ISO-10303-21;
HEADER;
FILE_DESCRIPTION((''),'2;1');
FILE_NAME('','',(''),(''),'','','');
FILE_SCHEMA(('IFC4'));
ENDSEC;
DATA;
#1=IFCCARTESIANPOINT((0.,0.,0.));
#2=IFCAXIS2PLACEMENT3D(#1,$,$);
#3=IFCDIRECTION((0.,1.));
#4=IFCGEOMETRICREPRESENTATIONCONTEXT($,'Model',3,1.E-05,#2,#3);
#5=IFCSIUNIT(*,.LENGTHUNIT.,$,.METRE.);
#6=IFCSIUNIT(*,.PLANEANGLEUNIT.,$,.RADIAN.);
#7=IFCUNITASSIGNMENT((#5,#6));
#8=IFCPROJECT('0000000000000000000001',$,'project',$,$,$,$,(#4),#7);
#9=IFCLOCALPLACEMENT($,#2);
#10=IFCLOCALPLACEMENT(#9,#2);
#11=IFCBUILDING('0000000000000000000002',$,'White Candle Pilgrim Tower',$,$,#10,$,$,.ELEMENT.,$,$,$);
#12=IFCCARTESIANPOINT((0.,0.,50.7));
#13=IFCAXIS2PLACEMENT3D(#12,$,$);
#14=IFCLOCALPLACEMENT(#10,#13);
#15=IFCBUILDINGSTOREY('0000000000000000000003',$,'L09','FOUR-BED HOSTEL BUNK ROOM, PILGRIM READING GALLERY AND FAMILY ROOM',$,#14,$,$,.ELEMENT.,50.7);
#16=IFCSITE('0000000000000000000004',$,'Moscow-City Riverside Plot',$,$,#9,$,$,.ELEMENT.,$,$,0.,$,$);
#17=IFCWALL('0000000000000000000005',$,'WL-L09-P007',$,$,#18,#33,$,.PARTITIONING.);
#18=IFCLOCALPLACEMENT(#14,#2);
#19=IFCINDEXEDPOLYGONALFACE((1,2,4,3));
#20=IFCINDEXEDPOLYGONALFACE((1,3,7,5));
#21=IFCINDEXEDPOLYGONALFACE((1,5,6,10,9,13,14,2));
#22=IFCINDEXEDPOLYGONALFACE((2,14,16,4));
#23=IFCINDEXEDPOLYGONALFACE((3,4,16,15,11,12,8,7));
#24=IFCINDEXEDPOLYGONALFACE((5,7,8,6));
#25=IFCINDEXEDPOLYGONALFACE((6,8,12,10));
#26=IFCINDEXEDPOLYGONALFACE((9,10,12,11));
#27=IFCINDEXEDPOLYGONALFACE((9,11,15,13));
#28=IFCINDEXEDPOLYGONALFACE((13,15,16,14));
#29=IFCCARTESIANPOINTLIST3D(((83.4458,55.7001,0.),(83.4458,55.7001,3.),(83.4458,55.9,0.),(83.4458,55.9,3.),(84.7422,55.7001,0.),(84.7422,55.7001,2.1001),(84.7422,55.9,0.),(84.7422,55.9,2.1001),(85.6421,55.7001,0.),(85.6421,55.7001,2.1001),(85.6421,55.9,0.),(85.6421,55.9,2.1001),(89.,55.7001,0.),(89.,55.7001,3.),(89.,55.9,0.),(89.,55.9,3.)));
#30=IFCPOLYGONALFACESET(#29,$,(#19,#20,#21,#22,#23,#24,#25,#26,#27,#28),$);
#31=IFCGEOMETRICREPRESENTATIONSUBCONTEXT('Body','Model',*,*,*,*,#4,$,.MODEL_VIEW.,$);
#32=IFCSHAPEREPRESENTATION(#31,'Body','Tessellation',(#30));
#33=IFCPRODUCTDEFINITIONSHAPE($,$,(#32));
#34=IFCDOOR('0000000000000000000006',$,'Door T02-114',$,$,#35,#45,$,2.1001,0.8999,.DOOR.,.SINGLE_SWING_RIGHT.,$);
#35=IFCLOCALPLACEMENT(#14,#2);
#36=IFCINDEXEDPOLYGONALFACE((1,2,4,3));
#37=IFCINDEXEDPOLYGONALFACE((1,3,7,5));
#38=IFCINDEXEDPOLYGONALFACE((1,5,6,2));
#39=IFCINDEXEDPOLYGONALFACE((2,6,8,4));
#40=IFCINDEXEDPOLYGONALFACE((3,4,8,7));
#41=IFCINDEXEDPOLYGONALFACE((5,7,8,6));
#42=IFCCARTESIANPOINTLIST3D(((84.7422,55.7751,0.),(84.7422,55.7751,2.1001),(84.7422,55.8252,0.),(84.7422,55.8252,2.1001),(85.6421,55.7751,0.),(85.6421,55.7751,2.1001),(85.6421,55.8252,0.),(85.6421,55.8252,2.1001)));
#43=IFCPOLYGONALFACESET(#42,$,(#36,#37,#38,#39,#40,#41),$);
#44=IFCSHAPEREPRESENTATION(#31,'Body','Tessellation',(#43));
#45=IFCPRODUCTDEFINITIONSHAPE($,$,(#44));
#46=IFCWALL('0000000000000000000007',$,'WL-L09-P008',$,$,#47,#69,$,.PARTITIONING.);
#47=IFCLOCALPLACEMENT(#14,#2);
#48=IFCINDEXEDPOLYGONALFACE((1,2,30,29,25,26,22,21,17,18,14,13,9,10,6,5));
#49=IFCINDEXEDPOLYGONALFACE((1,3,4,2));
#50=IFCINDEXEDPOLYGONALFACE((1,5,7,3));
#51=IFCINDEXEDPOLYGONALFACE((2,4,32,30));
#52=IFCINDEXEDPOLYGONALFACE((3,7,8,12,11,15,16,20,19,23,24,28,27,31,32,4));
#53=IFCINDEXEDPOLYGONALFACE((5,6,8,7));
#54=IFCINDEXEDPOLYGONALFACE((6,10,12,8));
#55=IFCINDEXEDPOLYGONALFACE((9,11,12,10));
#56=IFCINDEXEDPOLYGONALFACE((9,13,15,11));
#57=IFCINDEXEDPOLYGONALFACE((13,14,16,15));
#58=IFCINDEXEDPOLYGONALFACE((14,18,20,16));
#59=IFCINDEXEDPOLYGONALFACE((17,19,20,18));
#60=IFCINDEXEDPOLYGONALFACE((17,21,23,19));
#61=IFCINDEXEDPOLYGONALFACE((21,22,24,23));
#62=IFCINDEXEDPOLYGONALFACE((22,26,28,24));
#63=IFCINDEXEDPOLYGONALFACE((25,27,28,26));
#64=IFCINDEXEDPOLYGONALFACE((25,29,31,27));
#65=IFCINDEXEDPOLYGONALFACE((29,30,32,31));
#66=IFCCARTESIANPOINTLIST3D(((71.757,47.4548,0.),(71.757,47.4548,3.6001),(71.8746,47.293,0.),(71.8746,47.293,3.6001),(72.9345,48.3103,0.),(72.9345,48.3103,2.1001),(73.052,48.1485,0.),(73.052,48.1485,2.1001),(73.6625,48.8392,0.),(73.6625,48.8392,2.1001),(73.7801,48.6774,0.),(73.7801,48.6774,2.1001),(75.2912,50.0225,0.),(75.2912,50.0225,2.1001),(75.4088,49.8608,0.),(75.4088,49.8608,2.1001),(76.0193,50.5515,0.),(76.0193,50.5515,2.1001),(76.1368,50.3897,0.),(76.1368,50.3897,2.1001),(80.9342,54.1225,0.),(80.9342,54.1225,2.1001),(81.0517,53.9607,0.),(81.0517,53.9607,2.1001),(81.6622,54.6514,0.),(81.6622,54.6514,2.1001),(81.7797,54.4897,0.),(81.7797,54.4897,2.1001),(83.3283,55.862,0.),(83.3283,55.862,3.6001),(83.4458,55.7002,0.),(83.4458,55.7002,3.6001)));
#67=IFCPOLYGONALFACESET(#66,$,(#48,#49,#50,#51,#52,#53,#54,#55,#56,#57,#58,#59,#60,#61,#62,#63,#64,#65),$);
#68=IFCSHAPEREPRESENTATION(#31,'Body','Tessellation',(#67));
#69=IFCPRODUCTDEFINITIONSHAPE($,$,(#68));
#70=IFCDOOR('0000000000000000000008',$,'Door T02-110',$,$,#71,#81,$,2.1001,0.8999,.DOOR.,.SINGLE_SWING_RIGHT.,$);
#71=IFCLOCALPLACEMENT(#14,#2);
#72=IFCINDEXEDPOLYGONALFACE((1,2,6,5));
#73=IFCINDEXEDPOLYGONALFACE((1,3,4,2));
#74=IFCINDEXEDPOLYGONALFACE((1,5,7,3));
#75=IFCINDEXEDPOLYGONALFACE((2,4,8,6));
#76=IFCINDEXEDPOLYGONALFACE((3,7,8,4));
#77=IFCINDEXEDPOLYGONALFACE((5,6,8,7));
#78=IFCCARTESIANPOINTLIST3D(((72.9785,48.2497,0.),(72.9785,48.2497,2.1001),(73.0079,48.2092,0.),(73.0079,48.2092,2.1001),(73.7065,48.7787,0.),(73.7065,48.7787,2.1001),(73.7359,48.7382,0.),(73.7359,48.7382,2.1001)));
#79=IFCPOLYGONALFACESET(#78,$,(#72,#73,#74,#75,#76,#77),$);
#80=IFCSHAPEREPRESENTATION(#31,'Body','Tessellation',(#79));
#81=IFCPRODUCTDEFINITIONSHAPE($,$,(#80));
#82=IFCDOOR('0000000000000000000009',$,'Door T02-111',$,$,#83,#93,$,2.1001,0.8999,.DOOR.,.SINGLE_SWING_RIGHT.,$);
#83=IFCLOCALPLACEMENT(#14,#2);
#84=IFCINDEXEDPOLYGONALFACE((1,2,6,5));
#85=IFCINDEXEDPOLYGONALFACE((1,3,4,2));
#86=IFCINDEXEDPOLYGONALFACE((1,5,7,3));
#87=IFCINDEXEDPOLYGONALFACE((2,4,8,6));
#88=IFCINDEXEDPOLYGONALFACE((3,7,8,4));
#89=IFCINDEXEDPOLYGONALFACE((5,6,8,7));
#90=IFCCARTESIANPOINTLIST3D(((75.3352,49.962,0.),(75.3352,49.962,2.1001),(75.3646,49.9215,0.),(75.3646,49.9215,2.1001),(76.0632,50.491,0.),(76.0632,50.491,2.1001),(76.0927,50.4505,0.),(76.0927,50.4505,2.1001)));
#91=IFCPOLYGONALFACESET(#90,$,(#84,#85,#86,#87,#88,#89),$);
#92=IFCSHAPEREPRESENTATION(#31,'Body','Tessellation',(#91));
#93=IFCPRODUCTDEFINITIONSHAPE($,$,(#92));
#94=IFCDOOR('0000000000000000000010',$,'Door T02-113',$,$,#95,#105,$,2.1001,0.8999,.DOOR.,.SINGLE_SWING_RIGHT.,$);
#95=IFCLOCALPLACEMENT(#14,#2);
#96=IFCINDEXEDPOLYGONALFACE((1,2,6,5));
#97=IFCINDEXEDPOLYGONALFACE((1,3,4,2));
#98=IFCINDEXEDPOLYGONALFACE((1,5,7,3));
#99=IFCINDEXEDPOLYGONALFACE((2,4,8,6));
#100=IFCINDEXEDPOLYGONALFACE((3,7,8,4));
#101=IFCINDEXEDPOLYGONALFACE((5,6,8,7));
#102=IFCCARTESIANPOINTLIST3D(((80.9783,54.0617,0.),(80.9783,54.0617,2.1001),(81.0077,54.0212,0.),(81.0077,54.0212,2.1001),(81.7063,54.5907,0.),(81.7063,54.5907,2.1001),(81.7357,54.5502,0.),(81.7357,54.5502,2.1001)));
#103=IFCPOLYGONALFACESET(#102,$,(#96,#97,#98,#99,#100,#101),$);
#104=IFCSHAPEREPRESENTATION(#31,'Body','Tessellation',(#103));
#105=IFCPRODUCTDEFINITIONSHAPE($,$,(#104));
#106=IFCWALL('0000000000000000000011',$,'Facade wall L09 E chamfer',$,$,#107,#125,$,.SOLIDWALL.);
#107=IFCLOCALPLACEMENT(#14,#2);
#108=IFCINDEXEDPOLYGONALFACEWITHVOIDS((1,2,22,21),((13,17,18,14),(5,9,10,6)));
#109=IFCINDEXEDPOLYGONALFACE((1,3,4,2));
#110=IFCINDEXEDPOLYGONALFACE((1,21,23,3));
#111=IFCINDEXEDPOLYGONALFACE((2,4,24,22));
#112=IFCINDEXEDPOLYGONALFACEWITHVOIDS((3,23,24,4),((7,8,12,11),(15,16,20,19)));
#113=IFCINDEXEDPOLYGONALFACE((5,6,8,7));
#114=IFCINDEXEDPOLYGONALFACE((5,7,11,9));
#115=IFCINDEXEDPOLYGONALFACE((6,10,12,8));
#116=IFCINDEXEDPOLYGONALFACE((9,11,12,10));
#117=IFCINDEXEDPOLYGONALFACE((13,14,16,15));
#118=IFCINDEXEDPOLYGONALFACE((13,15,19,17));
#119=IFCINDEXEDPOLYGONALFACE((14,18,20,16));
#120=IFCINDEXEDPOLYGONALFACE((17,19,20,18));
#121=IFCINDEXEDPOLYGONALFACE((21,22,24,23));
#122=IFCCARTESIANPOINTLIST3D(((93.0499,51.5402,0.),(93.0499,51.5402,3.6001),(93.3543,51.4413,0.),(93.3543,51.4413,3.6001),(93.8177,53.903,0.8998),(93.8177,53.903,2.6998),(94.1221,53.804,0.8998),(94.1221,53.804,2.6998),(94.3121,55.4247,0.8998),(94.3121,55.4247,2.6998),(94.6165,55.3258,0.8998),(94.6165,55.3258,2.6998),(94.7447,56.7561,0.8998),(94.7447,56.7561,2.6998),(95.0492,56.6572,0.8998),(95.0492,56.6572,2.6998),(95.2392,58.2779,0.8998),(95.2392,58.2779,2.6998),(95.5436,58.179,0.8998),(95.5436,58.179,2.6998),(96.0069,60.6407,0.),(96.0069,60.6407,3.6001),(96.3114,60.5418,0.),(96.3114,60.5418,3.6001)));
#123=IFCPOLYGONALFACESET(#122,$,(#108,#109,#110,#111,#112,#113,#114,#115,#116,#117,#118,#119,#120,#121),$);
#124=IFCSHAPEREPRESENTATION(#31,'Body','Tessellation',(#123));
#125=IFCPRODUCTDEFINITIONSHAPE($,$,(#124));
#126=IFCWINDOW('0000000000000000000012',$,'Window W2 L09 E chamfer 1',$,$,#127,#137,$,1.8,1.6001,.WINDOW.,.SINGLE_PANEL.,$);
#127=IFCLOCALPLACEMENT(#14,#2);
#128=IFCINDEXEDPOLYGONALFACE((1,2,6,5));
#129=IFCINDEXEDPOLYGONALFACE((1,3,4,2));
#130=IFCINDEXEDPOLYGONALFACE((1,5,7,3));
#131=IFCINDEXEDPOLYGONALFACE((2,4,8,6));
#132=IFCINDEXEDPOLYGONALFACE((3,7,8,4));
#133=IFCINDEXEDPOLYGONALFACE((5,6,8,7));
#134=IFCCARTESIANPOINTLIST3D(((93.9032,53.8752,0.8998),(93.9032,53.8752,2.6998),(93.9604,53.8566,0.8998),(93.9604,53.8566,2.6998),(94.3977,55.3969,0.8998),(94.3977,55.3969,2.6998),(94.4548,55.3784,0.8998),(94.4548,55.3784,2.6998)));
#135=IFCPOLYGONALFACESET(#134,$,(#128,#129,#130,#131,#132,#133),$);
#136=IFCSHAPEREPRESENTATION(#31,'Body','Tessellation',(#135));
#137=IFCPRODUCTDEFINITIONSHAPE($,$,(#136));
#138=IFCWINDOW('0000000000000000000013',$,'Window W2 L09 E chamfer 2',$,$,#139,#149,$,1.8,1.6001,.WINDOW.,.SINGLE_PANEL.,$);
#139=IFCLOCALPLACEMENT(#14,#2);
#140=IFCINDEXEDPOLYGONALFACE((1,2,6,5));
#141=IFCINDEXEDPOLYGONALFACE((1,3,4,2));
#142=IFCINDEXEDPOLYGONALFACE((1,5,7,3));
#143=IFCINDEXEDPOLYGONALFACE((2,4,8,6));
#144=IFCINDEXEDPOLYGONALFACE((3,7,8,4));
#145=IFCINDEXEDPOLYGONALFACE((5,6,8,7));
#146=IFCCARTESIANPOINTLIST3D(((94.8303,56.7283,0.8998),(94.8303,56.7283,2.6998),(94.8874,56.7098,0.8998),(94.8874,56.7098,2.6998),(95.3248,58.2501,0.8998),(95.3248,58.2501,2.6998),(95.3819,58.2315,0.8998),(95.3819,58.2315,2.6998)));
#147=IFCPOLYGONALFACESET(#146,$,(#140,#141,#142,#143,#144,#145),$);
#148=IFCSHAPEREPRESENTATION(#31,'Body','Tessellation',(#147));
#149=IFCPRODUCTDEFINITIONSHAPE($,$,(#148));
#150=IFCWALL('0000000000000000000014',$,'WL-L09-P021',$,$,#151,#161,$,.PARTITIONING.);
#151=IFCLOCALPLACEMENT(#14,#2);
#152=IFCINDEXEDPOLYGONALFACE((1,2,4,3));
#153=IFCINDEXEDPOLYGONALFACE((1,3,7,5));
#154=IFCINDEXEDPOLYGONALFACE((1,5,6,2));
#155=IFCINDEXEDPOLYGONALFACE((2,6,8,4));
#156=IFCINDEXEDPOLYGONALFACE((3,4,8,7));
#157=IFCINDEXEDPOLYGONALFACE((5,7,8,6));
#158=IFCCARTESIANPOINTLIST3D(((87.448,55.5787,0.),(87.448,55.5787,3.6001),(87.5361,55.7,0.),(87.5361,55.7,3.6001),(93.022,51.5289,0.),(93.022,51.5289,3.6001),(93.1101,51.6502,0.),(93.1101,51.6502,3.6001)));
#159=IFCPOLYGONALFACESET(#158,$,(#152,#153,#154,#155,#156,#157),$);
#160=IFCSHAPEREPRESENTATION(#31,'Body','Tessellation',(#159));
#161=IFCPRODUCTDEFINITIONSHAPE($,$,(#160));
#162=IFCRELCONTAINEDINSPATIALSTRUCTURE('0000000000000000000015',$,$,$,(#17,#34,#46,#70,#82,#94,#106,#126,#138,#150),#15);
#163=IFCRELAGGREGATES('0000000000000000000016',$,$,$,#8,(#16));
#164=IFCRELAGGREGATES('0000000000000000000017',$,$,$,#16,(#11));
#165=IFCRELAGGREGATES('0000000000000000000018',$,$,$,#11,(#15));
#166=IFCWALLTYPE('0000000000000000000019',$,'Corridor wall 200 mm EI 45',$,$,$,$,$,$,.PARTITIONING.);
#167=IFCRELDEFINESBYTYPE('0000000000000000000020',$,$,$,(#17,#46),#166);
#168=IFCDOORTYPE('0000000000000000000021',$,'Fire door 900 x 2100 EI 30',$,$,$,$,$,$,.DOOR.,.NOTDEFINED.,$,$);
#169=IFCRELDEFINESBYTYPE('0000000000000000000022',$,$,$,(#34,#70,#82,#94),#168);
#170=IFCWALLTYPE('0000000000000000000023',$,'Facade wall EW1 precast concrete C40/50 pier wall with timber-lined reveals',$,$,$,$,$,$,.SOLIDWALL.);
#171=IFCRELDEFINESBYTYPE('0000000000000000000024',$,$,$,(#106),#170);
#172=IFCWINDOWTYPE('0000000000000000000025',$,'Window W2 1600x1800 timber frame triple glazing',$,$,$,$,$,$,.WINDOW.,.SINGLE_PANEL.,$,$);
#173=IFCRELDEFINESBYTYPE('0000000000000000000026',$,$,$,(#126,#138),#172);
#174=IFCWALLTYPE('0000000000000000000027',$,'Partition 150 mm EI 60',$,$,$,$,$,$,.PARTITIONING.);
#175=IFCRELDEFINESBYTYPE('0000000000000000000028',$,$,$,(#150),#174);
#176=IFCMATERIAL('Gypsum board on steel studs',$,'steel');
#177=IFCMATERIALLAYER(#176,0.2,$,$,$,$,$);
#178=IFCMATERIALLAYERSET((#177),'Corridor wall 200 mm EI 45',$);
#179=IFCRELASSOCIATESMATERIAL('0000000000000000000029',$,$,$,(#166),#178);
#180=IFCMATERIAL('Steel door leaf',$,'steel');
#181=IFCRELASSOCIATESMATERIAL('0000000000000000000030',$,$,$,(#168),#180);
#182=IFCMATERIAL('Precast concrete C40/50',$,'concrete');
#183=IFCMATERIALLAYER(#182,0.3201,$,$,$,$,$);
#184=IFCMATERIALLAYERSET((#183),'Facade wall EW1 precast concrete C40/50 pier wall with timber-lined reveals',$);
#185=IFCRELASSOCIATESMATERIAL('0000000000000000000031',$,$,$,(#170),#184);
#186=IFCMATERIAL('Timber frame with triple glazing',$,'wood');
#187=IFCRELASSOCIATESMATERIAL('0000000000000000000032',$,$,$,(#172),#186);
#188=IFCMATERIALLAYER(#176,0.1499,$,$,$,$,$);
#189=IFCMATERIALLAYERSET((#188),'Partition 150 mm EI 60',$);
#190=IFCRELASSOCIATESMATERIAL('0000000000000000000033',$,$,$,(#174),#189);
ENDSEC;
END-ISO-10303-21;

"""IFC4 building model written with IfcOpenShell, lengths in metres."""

from ifc_helpers import new_model, si_unit, direction, frame, frame_2d, origin, place, context, subcontext, project, spatial, rectangle, extrude, material, layer, layer_set, type_object, element, fill, save


model = new_model("IFC4")

# Units and contexts
model_context = context("Model", 3, precision=1e-05, world=origin(), true_north=direction((0.0, 1.0)))
body_context = subcontext(model_context, "Body", "Model", "MODEL_VIEW")
ifc_project = project(units=[si_unit("LENGTHUNIT", "METRE"), si_unit("PLANEANGLEUNIT", "RADIAN")], contexts=[model_context])

# Site, building, storey
site_placement = place(None, origin())
site = spatial("IfcSite", under=ifc_project, at=site_placement, Name="Moscow-City Riverside Plot", CompositionType="ELEMENT", RefElevation=0.0)
building_placement = place(site_placement, origin())
building = spatial("IfcBuilding", under=site, at=building_placement, Name="White Candle Pilgrim Tower", CompositionType="ELEMENT")
storey_placement = place(building_placement, frame((0.0, 0.0, 50.7)))
storey = spatial("IfcBuildingStorey", under=building, at=storey_placement, Name="L09", Description="FOUR-BED HOSTEL BUNK ROOM, PILGRIM READING GALLERY AND FAMILY ROOM", CompositionType="ELEMENT", Elevation=50.7)

# Wall, opening, door
ifc_material_1 = material(Name="Gypsum board on steel studs", Category="steel")
ifc_layer_1 = layer(ifc_material_1, 0.2)
ifc_layer_set_1 = layer_set([ifc_layer_1], Name="Corridor wall 200 mm EI 45")
wall_type_1 = type_object("IfcWallType", Name="Corridor wall 200 mm EI 45", PredefinedType="PARTITIONING", material=ifc_layer_set_1)
wall_1_placement = place(storey_placement, frame((89.0, 55.8, 0.0), z_axis=(0.0, 0.0, 1.0), x_axis=(-1.0, 0.0, 0.0)))
wall_1 = element("IfcWall", 1, at=wall_1_placement, inside=storey, type_object=wall_type_1, Name="WL-L09-P007", PredefinedType="PARTITIONING", context=body_context, shape_type="SweptSolid", body=[
    extrude(rectangle(XDim=5.5542, YDim=0.2, at=frame_2d((2.7771, 0.0))), origin(), (0.0, 0.0, 1.0), 3.0),
])
opening_1_placement = place(wall_1_placement, frame((3.3579, 0.0, 0.0)))
opening_1 = element("IfcOpeningElement", 2, at=opening_1_placement, cuts=wall_1, PredefinedType="OPENING", context=body_context, shape_type="SweptSolid", body=[
    extrude(rectangle(XDim=0.8999, YDim=2.1001, at=frame_2d((0.45, 1.05))), frame((0.0, 0.1099, 0.0), z_axis=(0.0, -1.0, 0.0), x_axis=(1.0, 0.0, 0.0)), (0.0, 0.0, 1.0), 0.22),
])
ifc_material_2 = material(Name="Steel door leaf", Category="steel")
door_type = type_object("IfcDoorType", Name="Fire door 900 x 2100 EI 30", OperationType="NOTDEFINED", PredefinedType="DOOR", material=ifc_material_2)
door_1_placement = place(opening_1_placement, origin())
door_1 = element("IfcDoor", 3, at=door_1_placement, inside=storey, type_object=door_type, Name="Door T02-114", OperationType="SINGLE_SWING_RIGHT", OverallHeight=2.1001, OverallWidth=0.8999, PredefinedType="DOOR", context=body_context, shape_type="SweptSolid", body=[
    extrude(rectangle(XDim=0.8999, YDim=2.1001, at=frame_2d((0.45, 1.05))), frame((0.0, 0.0249, 0.0), z_axis=(0.0, -1.0, 0.0), x_axis=(1.0, 0.0, 0.0)), (0.0, 0.0, 1.0), 0.05),
])
fill(opening_1, door_1)

# Wall, openings, doors
wall_2_placement = place(storey_placement, frame((83.387, 55.781, 0.0), z_axis=(0.0, 0.0, 1.0), x_axis=(-0.809011, -0.587794, 0.0)))
wall_2 = element("IfcWall", 4, at=wall_2_placement, inside=storey, type_object=wall_type_1, Name="WL-L09-P008", PredefinedType="PARTITIONING", context=body_context, shape_type="SweptSolid", body=[
    extrude(rectangle(XDim=14.303, YDim=0.2, at=frame_2d((7.1514, 0.0))), origin(), (0.0, 0.0, 1.0), 3.6001),
])
opening_2_placement = place(wall_2_placement, frame((11.9475, 0.0, 0.0)))
opening_2 = element("IfcOpeningElement", 5, at=opening_2_placement, cuts=wall_2, PredefinedType="OPENING", context=body_context, shape_type="SweptSolid", body=[
    extrude(rectangle(XDim=0.8999, YDim=2.1001, at=frame_2d((0.45, 1.05))), frame((0.0, 0.1099, 0.0), z_axis=(0.0, -1.0, 0.0), x_axis=(1.0, 0.0, 0.0)), (0.0, 0.0, 1.0), 0.22),
])
opening_3_placement = place(wall_2_placement, frame((9.0344, 0.0, 0.0)))
opening_3 = element("IfcOpeningElement", 6, at=opening_3_placement, cuts=wall_2, PredefinedType="OPENING", context=body_context, shape_type="SweptSolid", body=[
    extrude(rectangle(XDim=0.8999, YDim=2.1001, at=frame_2d((0.45, 1.05))), frame((0.0, 0.1099, 0.0), z_axis=(0.0, -1.0, 0.0), x_axis=(1.0, 0.0, 0.0)), (0.0, 0.0, 1.0), 0.22),
])
opening_4_placement = place(wall_2_placement, frame((2.0593, 0.0, 0.0)))
opening_4 = element("IfcOpeningElement", 7, at=opening_4_placement, cuts=wall_2, PredefinedType="OPENING", context=body_context, shape_type="SweptSolid", body=[
    extrude(rectangle(XDim=0.8999, YDim=2.1001, at=frame_2d((0.45, 1.05))), frame((0.0, 0.1099, 0.0), z_axis=(0.0, -1.0, 0.0), x_axis=(1.0, 0.0, 0.0)), (0.0, 0.0, 1.0), 0.22),
])
door_2_placement = place(opening_2_placement, origin())
door_2 = element("IfcDoor", 8, at=door_2_placement, inside=storey, type_object=door_type, Name="Door T02-110", OperationType="SINGLE_SWING_RIGHT", OverallHeight=2.1001, OverallWidth=0.8999, PredefinedType="DOOR", context=body_context, shape_type="SweptSolid", body=[
    extrude(rectangle(XDim=0.8999, YDim=2.1001, at=frame_2d((0.45, 1.05))), frame((0.0, 0.0249, 0.0), z_axis=(0.0, -1.0, 0.0), x_axis=(1.0, 0.0, 0.0)), (0.0, 0.0, 1.0), 0.05),
])
fill(opening_2, door_2)
door_3_placement = place(opening_3_placement, origin())
door_3 = element("IfcDoor", 9, at=door_3_placement, inside=storey, type_object=door_type, Name="Door T02-111", OperationType="SINGLE_SWING_RIGHT", OverallHeight=2.1001, OverallWidth=0.8999, PredefinedType="DOOR", context=body_context, shape_type="SweptSolid", body=[
    extrude(rectangle(XDim=0.8999, YDim=2.1001, at=frame_2d((0.45, 1.05))), frame((0.0, 0.0249, 0.0), z_axis=(0.0, -1.0, 0.0), x_axis=(1.0, 0.0, 0.0)), (0.0, 0.0, 1.0), 0.05),
])
fill(opening_3, door_3)
door_4_placement = place(opening_4_placement, frame((0.8999, 0.0, 0.0), z_axis=(0.0, 0.0, 1.0), x_axis=(-1.0, 0.0, 0.0)))
door_4 = element("IfcDoor", 10, at=door_4_placement, inside=storey, type_object=door_type, Name="Door T02-113", OperationType="SINGLE_SWING_RIGHT", OverallHeight=2.1001, OverallWidth=0.8999, PredefinedType="DOOR", context=body_context, shape_type="SweptSolid", body=[
    extrude(rectangle(XDim=0.8999, YDim=2.1001, at=frame_2d((0.45, 1.05))), frame((0.0, 0.0249, 0.0), z_axis=(0.0, -1.0, 0.0), x_axis=(1.0, 0.0, 0.0)), (0.0, 0.0, 1.0), 0.05),
])
fill(opening_4, door_4)

# Wall, openings, windows
ifc_material_3 = material(Name="Precast concrete C40/50", Category="concrete")
ifc_layer_2 = layer(ifc_material_3, 0.3201)
ifc_layer_set_2 = layer_set([ifc_layer_2], Name="Facade wall EW1 precast concrete C40/50 pier wall with timber-lined reveals")
wall_type_2 = type_object("IfcWallType", Name="Facade wall EW1 precast concrete C40/50 pier wall with timber-lined reveals", PredefinedType="SOLIDWALL", material=ifc_layer_set_2)
wall_3_placement = place(storey_placement, frame((93.2021, 51.4907, 0.0), z_axis=(0.0, 0.0, 1.0), x_axis=(0.309024, 0.951054, 0.0)))
wall_3 = element("IfcWall", 11, at=wall_3_placement, inside=storey, type_object=wall_type_2, Name="Facade wall L09 E chamfer", PredefinedType="SOLIDWALL", context=body_context, shape_type="SweptSolid", body=[
    extrude(rectangle(XDim=9.5688, YDim=0.3201, at=frame_2d((4.7844, 0.0))), origin(), (0.0, 0.0, 1.0), 3.6001),
])
opening_5_placement = place(wall_3_placement, frame((2.4844, 0.0, 0.8999)))
opening_5 = element("IfcOpeningElement", 12, at=opening_5_placement, cuts=wall_3, PredefinedType="OPENING", context=body_context, shape_type="SweptSolid", body=[
    extrude(rectangle(XDim=1.6001, YDim=1.8, at=frame_2d((0.8, 0.8999))), frame((0.0, 0.1699, 0.0), z_axis=(0.0, -1.0, 0.0), x_axis=(1.0, 0.0, 0.0)), (0.0, 0.0, 1.0), 0.3401),
])
opening_6_placement = place(wall_3_placement, frame((5.4844, 0.0, 0.8999)))
opening_6 = element("IfcOpeningElement", 13, at=opening_6_placement, cuts=wall_3, PredefinedType="OPENING", context=body_context, shape_type="SweptSolid", body=[
    extrude(rectangle(XDim=1.6001, YDim=1.8, at=frame_2d((0.8, 0.8999))), frame((0.0, 0.1699, 0.0), z_axis=(0.0, -1.0, 0.0), x_axis=(1.0, 0.0, 0.0)), (0.0, 0.0, 1.0), 0.3401),
])
ifc_material_4 = material(Name="Timber frame with triple glazing", Category="wood")
window_type = type_object("IfcWindowType", Name="Window W2 1600x1800 timber frame triple glazing", PartitioningType="SINGLE_PANEL", PredefinedType="WINDOW", material=ifc_material_4)
window_1_placement = place(opening_5_placement, origin())
window_1 = element("IfcWindow", 14, at=window_1_placement, inside=storey, type_object=window_type, Name="Window W2 L09 E chamfer 1", OverallHeight=1.8, OverallWidth=1.6001, PartitioningType="SINGLE_PANEL", PredefinedType="WINDOW", context=body_context, shape_type="SweptSolid", body=[
    extrude(rectangle(XDim=1.6001, YDim=1.8, at=frame_2d((0.8, 0.8999))), frame((0.0, 0.0701, 0.0), z_axis=(0.0, -1.0, 0.0), x_axis=(1.0, 0.0, 0.0)), (0.0, 0.0, 1.0), 0.0601),
])
fill(opening_5, window_1)
window_2_placement = place(opening_6_placement, origin())
window_2 = element("IfcWindow", 15, at=window_2_placement, inside=storey, type_object=window_type, Name="Window W2 L09 E chamfer 2", OverallHeight=1.8, OverallWidth=1.6001, PartitioningType="SINGLE_PANEL", PredefinedType="WINDOW", context=body_context, shape_type="SweptSolid", body=[
    extrude(rectangle(XDim=1.6001, YDim=1.8, at=frame_2d((0.8, 0.8999))), frame((0.0, 0.0701, 0.0), z_axis=(0.0, -1.0, 0.0), x_axis=(1.0, 0.0, 0.0)), (0.0, 0.0, 1.0), 0.0601),
])
fill(opening_6, window_2)

# Wall
ifc_layer_3 = layer(ifc_material_1, 0.1499)
ifc_layer_set_3 = layer_set([ifc_layer_3], Name="Partition 150 mm EI 60")
wall_type_3 = type_object("IfcWallType", Name="Partition 150 mm EI 60", PredefinedType="PARTITIONING", material=ifc_layer_set_3)
wall_4_placement = place(storey_placement, frame((93.0659, 51.5896, 0.0), z_axis=(0.0, 0.0, 1.0), x_axis=(-0.809012, 0.587792, 0.0)))
element("IfcWall", 16, at=wall_4_placement, inside=storey, type_object=wall_type_3, Name="WL-L09-P021", PredefinedType="PARTITIONING", context=body_context, shape_type="SweptSolid", body=[
    extrude(rectangle(XDim=6.8899, YDim=0.1499, at=frame_2d((3.4448, 0.0))), origin(), (0.0, 0.0, 1.0), 3.6001),
])

save(model, "model.ifc")
